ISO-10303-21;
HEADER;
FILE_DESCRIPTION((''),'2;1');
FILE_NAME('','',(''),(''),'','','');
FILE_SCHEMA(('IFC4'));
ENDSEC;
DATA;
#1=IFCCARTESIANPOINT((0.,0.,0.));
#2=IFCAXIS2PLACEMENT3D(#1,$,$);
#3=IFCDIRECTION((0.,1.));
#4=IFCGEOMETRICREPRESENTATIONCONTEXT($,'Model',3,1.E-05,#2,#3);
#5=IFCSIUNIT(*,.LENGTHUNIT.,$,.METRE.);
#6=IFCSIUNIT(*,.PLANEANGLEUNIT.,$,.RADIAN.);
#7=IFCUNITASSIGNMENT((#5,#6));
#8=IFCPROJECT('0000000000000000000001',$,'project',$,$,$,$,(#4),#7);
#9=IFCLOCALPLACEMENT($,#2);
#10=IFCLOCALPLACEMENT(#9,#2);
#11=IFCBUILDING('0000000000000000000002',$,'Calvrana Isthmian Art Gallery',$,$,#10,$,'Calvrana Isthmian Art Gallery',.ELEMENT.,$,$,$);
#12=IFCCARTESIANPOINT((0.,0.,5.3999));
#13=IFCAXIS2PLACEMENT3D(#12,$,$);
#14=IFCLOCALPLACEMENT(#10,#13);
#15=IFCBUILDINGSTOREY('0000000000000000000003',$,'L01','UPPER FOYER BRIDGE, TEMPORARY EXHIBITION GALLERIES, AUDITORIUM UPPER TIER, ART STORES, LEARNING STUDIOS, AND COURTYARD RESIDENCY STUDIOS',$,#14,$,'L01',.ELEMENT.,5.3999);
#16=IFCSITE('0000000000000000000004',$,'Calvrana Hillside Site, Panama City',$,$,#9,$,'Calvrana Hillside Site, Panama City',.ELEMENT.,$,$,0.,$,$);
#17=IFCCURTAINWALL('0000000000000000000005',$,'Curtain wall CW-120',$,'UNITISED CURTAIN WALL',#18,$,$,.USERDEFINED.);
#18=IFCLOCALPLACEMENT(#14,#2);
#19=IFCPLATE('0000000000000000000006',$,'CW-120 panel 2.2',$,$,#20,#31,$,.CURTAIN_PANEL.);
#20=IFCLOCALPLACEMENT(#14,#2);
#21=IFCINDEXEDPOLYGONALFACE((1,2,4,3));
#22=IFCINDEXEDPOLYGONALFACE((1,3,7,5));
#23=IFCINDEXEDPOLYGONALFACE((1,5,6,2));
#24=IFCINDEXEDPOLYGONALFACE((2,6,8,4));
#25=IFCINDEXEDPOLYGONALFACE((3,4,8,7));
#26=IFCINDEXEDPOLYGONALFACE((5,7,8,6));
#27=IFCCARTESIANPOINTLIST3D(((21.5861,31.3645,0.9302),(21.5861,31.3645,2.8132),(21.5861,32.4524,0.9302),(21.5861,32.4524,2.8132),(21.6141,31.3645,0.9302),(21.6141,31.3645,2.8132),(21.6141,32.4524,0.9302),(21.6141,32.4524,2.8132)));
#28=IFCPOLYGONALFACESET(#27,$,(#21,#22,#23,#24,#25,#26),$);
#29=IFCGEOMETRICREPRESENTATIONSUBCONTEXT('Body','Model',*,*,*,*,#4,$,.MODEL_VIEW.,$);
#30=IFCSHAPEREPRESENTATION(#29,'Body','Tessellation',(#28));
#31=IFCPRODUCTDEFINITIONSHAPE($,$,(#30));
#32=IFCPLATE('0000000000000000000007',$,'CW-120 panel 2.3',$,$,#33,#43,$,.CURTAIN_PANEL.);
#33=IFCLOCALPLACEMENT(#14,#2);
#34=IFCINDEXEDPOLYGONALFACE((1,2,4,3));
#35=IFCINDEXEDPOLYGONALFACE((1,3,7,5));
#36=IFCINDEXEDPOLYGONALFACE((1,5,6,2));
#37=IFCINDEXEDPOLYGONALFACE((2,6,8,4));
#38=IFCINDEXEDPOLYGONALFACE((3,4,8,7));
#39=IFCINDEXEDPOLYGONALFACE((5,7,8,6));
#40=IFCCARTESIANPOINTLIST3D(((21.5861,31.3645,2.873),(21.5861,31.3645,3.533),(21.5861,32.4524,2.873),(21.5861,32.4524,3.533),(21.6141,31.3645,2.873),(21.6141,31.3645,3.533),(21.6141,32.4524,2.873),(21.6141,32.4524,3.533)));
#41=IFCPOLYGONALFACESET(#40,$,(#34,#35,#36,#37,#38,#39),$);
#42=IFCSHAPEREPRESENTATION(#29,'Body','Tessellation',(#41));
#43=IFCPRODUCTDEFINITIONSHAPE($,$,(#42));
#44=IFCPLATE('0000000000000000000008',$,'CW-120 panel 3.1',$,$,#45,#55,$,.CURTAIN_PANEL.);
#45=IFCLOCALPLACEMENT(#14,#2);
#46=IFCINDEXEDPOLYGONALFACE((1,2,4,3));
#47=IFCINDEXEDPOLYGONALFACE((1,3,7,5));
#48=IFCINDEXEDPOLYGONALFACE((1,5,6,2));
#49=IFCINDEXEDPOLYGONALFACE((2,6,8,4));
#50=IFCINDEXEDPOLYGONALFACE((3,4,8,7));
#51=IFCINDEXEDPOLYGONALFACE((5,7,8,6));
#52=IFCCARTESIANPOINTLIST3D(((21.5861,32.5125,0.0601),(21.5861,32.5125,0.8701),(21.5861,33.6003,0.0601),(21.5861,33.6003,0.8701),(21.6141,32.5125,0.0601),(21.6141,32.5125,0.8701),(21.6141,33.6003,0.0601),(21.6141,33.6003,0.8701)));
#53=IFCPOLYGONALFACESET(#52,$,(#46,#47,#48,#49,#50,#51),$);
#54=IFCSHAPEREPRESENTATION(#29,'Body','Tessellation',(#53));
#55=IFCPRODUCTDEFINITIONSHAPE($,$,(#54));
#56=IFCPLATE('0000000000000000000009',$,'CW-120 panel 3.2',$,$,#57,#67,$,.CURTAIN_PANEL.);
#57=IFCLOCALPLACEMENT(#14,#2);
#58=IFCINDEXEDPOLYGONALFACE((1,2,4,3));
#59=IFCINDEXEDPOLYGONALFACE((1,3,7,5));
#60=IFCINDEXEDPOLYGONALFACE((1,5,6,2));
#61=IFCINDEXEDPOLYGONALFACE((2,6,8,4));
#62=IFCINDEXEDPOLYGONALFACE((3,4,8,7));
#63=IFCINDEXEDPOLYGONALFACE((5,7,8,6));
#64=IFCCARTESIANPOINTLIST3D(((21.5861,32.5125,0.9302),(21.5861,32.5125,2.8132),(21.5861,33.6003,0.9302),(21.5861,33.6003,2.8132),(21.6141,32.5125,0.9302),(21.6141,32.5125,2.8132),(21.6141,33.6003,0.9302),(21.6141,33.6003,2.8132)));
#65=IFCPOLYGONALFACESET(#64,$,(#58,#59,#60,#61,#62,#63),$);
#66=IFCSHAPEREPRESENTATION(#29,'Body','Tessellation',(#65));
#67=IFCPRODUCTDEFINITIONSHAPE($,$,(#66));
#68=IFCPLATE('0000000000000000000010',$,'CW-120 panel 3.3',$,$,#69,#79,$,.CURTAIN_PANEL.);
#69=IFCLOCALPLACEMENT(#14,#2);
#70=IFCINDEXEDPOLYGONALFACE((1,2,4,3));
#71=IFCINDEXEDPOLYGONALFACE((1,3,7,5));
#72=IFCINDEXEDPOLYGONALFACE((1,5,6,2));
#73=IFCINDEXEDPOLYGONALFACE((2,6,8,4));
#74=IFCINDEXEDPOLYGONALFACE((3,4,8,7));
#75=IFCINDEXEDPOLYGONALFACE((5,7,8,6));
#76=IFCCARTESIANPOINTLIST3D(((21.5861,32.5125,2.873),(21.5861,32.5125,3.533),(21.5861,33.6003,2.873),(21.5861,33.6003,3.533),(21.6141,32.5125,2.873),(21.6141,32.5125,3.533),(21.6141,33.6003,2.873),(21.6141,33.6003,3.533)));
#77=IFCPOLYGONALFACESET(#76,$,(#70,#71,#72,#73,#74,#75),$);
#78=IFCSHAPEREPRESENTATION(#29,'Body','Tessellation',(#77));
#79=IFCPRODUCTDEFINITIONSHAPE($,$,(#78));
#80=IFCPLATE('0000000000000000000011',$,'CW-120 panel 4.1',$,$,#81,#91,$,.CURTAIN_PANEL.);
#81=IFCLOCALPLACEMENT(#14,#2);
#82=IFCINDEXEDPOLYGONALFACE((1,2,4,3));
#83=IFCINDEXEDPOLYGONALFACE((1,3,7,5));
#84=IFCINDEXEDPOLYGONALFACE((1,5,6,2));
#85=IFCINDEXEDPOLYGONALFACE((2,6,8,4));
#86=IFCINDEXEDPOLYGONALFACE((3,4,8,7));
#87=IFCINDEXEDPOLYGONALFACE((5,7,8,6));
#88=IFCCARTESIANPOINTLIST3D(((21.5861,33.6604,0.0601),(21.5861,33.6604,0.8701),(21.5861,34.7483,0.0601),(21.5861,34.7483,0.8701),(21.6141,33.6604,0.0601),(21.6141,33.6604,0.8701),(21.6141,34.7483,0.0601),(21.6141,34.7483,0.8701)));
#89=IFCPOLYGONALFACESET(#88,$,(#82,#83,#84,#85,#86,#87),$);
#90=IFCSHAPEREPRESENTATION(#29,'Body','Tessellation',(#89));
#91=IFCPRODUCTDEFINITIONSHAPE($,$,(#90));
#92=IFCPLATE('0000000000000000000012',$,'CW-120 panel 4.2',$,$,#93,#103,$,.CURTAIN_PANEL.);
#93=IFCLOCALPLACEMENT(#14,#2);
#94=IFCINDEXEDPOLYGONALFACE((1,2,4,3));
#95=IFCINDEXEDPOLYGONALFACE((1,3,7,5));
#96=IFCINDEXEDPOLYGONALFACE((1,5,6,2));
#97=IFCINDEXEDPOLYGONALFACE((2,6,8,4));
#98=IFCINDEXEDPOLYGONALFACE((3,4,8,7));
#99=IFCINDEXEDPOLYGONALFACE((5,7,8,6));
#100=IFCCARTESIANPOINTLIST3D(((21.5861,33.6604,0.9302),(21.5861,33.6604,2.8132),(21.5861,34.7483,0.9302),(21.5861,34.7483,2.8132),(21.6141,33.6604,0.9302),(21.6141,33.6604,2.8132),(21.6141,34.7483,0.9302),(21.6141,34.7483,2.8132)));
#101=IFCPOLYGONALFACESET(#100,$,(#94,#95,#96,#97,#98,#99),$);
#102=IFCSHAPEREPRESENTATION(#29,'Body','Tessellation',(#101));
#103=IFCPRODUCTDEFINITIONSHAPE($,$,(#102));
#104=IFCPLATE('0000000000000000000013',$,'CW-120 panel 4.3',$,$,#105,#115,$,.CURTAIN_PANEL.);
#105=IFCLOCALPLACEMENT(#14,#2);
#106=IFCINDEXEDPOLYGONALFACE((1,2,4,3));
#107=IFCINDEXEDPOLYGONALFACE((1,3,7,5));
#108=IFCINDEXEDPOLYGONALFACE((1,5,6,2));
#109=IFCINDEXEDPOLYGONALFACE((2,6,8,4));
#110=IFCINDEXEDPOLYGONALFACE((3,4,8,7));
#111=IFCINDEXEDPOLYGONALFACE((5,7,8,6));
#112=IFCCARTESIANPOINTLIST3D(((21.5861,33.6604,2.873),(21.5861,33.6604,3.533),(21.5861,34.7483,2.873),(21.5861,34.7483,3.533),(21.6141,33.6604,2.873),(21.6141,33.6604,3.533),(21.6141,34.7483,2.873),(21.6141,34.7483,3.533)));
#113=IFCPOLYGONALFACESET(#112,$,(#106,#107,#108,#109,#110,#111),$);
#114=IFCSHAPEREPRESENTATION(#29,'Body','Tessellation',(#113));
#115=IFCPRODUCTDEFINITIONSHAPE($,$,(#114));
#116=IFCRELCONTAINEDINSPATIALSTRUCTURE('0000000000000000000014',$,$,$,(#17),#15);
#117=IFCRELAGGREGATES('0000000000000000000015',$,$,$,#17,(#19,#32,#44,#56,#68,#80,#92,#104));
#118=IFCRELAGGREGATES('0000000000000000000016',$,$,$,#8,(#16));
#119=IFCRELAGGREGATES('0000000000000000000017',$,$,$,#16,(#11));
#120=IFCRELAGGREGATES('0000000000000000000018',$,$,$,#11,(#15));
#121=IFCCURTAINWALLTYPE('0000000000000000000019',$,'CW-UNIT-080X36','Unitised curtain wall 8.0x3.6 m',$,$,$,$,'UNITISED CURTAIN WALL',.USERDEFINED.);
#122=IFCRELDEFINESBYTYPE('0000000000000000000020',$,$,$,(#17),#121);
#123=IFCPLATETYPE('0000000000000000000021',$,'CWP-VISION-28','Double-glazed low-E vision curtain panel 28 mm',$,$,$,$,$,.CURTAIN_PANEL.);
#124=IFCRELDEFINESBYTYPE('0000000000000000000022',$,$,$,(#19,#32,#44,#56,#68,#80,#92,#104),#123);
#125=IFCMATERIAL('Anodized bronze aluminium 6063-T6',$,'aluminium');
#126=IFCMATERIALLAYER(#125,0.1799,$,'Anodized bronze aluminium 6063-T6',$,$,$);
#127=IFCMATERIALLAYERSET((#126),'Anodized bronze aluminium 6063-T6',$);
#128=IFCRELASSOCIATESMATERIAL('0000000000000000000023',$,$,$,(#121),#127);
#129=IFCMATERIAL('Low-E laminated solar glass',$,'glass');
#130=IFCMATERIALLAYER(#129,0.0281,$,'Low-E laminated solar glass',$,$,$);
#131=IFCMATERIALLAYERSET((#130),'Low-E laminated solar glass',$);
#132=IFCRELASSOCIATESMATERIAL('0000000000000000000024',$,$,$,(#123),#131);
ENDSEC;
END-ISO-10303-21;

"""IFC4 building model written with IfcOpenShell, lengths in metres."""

from ifc_helpers import new_model, si_unit, direction, frame, origin, origin_2d, place, context, subcontext, project, spatial, rectangle, extrude, material, layer, layer_set, type_object, element, aggregate, save


model = new_model("IFC4")

# Units and contexts
model_context = context("Model", 3, precision=1e-05, world=origin(), true_north=direction((0.0, 1.0)))
body_context = subcontext(model_context, "Body", "Model", "MODEL_VIEW")
ifc_project = project(units=[si_unit("LENGTHUNIT", "METRE"), si_unit("PLANEANGLEUNIT", "RADIAN")], contexts=[model_context])

# Site, building, storey
site_placement = place(None, origin())
site = spatial("IfcSite", under=ifc_project, at=site_placement, Name="Calvrana Hillside Site, Panama City", LongName="Calvrana Hillside Site, Panama City", CompositionType="ELEMENT", RefElevation=0.0)
building_placement = place(site_placement, origin())
building = spatial("IfcBuilding", under=site, at=building_placement, Name="Calvrana Isthmian Art Gallery", LongName="Calvrana Isthmian Art Gallery", CompositionType="ELEMENT")
storey_placement = place(building_placement, frame((0.0, 0.0, 5.3999)))
storey = spatial("IfcBuildingStorey", under=building, at=storey_placement, Name="L01", Description="UPPER FOYER BRIDGE, TEMPORARY EXHIBITION GALLERIES, AUDITORIUM UPPER TIER, ART STORES, LEARNING STUDIOS, AND COURTYARD RESIDENCY STUDIOS", LongName="L01", CompositionType="ELEMENT", Elevation=5.3999)

# Curtain wall, plates
ifc_material_1 = material(Name="Anodized bronze aluminium 6063-T6", Category="aluminium")
ifc_layer_1 = layer(ifc_material_1, 0.1799, Name="Anodized bronze aluminium 6063-T6")
ifc_layer_set_1 = layer_set([ifc_layer_1], Name="Anodized bronze aluminium 6063-T6")
curtain_wall_type = type_object("IfcCurtainWallType", Name="CW-UNIT-080X36", Description="Unitised curtain wall 8.0x3.6 m", ElementType="UNITISED CURTAIN WALL", PredefinedType="USERDEFINED", material=ifc_layer_set_1)
curtain_wall_placement = place(storey_placement, origin())
curtain_wall = element("IfcCurtainWall", 1, at=curtain_wall_placement, inside=storey, type_object=curtain_wall_type, Name="Curtain wall CW-120", ObjectType="UNITISED CURTAIN WALL", PredefinedType="USERDEFINED")
ifc_material_2 = material(Name="Low-E laminated solar glass", Category="glass")
ifc_layer_2 = layer(ifc_material_2, 0.0281, Name="Low-E laminated solar glass")
ifc_layer_set_2 = layer_set([ifc_layer_2], Name="Low-E laminated solar glass")
plate_type = type_object("IfcPlateType", Name="CWP-VISION-28", Description="Double-glazed low-E vision curtain panel 28 mm", PredefinedType="CURTAIN_PANEL", material=ifc_layer_set_2)
plate_1_placement = place(storey_placement, frame((21.6001, 31.9084, 0.9302), z_axis=(0.0, 0.0, 1.0), x_axis=(0.0, 1.0, 0.0)))
plate_1 = element("IfcPlate", 2, at=plate_1_placement, type_object=plate_type, Name="CW-120 panel 2.2", PredefinedType="CURTAIN_PANEL", context=body_context, shape_type="SweptSolid", body=[
    extrude(rectangle(XDim=1.0879, YDim=0.0281, at=origin_2d()), origin(), (0.0, 0.0, 1.0), 1.8831),
])
plate_2_placement = place(storey_placement, frame((21.6001, 31.9084, 2.873), z_axis=(0.0, 0.0, 1.0), x_axis=(0.0, 1.0, 0.0)))
plate_2 = element("IfcPlate", 3, at=plate_2_placement, type_object=plate_type, Name="CW-120 panel 2.3", PredefinedType="CURTAIN_PANEL", context=body_context, shape_type="SweptSolid", body=[
    extrude(rectangle(XDim=1.0879, YDim=0.0281, at=origin_2d()), origin(), (0.0, 0.0, 1.0), 0.6599),
])
plate_3_placement = place(storey_placement, frame((21.6001, 33.0564, 0.0601), z_axis=(0.0, 0.0, 1.0), x_axis=(0.0, 1.0, 0.0)))
plate_3 = element("IfcPlate", 4, at=plate_3_placement, type_object=plate_type, Name="CW-120 panel 3.1", PredefinedType="CURTAIN_PANEL", context=body_context, shape_type="SweptSolid", body=[
    extrude(rectangle(XDim=1.0879, YDim=0.0281, at=origin_2d()), origin(), (0.0, 0.0, 1.0), 0.8101),
])
plate_4_placement = place(storey_placement, frame((21.6001, 33.0564, 0.9302), z_axis=(0.0, 0.0, 1.0), x_axis=(0.0, 1.0, 0.0)))
plate_4 = element("IfcPlate", 5, at=plate_4_placement, type_object=plate_type, Name="CW-120 panel 3.2", PredefinedType="CURTAIN_PANEL", context=body_context, shape_type="SweptSolid", body=[
    extrude(rectangle(XDim=1.0879, YDim=0.0281, at=origin_2d()), origin(), (0.0, 0.0, 1.0), 1.8831),
])
plate_5_placement = place(storey_placement, frame((21.6001, 33.0564, 2.873), z_axis=(0.0, 0.0, 1.0), x_axis=(0.0, 1.0, 0.0)))
plate_5 = element("IfcPlate", 6, at=plate_5_placement, type_object=plate_type, Name="CW-120 panel 3.3", PredefinedType="CURTAIN_PANEL", context=body_context, shape_type="SweptSolid", body=[
    extrude(rectangle(XDim=1.0879, YDim=0.0281, at=origin_2d()), origin(), (0.0, 0.0, 1.0), 0.6599),
])
plate_6_placement = place(storey_placement, frame((21.6001, 34.2043, 0.0601), z_axis=(0.0, 0.0, 1.0), x_axis=(0.0, 1.0, 0.0)))
plate_6 = element("IfcPlate", 7, at=plate_6_placement, type_object=plate_type, Name="CW-120 panel 4.1", PredefinedType="CURTAIN_PANEL", context=body_context, shape_type="SweptSolid", body=[
    extrude(rectangle(XDim=1.0879, YDim=0.0281, at=origin_2d()), origin(), (0.0, 0.0, 1.0), 0.8101),
])
plate_7_placement = place(storey_placement, frame((21.6001, 34.2043, 0.9302), z_axis=(0.0, 0.0, 1.0), x_axis=(0.0, 1.0, 0.0)))
plate_7 = element("IfcPlate", 8, at=plate_7_placement, type_object=plate_type, Name="CW-120 panel 4.2", PredefinedType="CURTAIN_PANEL", context=body_context, shape_type="SweptSolid", body=[
    extrude(rectangle(XDim=1.0879, YDim=0.0281, at=origin_2d()), origin(), (0.0, 0.0, 1.0), 1.8831),
])
plate_8_placement = place(storey_placement, frame((21.6001, 34.2043, 2.873), z_axis=(0.0, 0.0, 1.0), x_axis=(0.0, 1.0, 0.0)))
plate_8 = element("IfcPlate", 9, at=plate_8_placement, type_object=plate_type, Name="CW-120 panel 4.3", PredefinedType="CURTAIN_PANEL", context=body_context, shape_type="SweptSolid", body=[
    extrude(rectangle(XDim=1.0879, YDim=0.0281, at=origin_2d()), origin(), (0.0, 0.0, 1.0), 0.6599),
])
aggregate(curtain_wall, [plate_1, plate_2, plate_3, plate_4, plate_5, plate_6, plate_7, plate_8])

save(model, "model.ifc")
